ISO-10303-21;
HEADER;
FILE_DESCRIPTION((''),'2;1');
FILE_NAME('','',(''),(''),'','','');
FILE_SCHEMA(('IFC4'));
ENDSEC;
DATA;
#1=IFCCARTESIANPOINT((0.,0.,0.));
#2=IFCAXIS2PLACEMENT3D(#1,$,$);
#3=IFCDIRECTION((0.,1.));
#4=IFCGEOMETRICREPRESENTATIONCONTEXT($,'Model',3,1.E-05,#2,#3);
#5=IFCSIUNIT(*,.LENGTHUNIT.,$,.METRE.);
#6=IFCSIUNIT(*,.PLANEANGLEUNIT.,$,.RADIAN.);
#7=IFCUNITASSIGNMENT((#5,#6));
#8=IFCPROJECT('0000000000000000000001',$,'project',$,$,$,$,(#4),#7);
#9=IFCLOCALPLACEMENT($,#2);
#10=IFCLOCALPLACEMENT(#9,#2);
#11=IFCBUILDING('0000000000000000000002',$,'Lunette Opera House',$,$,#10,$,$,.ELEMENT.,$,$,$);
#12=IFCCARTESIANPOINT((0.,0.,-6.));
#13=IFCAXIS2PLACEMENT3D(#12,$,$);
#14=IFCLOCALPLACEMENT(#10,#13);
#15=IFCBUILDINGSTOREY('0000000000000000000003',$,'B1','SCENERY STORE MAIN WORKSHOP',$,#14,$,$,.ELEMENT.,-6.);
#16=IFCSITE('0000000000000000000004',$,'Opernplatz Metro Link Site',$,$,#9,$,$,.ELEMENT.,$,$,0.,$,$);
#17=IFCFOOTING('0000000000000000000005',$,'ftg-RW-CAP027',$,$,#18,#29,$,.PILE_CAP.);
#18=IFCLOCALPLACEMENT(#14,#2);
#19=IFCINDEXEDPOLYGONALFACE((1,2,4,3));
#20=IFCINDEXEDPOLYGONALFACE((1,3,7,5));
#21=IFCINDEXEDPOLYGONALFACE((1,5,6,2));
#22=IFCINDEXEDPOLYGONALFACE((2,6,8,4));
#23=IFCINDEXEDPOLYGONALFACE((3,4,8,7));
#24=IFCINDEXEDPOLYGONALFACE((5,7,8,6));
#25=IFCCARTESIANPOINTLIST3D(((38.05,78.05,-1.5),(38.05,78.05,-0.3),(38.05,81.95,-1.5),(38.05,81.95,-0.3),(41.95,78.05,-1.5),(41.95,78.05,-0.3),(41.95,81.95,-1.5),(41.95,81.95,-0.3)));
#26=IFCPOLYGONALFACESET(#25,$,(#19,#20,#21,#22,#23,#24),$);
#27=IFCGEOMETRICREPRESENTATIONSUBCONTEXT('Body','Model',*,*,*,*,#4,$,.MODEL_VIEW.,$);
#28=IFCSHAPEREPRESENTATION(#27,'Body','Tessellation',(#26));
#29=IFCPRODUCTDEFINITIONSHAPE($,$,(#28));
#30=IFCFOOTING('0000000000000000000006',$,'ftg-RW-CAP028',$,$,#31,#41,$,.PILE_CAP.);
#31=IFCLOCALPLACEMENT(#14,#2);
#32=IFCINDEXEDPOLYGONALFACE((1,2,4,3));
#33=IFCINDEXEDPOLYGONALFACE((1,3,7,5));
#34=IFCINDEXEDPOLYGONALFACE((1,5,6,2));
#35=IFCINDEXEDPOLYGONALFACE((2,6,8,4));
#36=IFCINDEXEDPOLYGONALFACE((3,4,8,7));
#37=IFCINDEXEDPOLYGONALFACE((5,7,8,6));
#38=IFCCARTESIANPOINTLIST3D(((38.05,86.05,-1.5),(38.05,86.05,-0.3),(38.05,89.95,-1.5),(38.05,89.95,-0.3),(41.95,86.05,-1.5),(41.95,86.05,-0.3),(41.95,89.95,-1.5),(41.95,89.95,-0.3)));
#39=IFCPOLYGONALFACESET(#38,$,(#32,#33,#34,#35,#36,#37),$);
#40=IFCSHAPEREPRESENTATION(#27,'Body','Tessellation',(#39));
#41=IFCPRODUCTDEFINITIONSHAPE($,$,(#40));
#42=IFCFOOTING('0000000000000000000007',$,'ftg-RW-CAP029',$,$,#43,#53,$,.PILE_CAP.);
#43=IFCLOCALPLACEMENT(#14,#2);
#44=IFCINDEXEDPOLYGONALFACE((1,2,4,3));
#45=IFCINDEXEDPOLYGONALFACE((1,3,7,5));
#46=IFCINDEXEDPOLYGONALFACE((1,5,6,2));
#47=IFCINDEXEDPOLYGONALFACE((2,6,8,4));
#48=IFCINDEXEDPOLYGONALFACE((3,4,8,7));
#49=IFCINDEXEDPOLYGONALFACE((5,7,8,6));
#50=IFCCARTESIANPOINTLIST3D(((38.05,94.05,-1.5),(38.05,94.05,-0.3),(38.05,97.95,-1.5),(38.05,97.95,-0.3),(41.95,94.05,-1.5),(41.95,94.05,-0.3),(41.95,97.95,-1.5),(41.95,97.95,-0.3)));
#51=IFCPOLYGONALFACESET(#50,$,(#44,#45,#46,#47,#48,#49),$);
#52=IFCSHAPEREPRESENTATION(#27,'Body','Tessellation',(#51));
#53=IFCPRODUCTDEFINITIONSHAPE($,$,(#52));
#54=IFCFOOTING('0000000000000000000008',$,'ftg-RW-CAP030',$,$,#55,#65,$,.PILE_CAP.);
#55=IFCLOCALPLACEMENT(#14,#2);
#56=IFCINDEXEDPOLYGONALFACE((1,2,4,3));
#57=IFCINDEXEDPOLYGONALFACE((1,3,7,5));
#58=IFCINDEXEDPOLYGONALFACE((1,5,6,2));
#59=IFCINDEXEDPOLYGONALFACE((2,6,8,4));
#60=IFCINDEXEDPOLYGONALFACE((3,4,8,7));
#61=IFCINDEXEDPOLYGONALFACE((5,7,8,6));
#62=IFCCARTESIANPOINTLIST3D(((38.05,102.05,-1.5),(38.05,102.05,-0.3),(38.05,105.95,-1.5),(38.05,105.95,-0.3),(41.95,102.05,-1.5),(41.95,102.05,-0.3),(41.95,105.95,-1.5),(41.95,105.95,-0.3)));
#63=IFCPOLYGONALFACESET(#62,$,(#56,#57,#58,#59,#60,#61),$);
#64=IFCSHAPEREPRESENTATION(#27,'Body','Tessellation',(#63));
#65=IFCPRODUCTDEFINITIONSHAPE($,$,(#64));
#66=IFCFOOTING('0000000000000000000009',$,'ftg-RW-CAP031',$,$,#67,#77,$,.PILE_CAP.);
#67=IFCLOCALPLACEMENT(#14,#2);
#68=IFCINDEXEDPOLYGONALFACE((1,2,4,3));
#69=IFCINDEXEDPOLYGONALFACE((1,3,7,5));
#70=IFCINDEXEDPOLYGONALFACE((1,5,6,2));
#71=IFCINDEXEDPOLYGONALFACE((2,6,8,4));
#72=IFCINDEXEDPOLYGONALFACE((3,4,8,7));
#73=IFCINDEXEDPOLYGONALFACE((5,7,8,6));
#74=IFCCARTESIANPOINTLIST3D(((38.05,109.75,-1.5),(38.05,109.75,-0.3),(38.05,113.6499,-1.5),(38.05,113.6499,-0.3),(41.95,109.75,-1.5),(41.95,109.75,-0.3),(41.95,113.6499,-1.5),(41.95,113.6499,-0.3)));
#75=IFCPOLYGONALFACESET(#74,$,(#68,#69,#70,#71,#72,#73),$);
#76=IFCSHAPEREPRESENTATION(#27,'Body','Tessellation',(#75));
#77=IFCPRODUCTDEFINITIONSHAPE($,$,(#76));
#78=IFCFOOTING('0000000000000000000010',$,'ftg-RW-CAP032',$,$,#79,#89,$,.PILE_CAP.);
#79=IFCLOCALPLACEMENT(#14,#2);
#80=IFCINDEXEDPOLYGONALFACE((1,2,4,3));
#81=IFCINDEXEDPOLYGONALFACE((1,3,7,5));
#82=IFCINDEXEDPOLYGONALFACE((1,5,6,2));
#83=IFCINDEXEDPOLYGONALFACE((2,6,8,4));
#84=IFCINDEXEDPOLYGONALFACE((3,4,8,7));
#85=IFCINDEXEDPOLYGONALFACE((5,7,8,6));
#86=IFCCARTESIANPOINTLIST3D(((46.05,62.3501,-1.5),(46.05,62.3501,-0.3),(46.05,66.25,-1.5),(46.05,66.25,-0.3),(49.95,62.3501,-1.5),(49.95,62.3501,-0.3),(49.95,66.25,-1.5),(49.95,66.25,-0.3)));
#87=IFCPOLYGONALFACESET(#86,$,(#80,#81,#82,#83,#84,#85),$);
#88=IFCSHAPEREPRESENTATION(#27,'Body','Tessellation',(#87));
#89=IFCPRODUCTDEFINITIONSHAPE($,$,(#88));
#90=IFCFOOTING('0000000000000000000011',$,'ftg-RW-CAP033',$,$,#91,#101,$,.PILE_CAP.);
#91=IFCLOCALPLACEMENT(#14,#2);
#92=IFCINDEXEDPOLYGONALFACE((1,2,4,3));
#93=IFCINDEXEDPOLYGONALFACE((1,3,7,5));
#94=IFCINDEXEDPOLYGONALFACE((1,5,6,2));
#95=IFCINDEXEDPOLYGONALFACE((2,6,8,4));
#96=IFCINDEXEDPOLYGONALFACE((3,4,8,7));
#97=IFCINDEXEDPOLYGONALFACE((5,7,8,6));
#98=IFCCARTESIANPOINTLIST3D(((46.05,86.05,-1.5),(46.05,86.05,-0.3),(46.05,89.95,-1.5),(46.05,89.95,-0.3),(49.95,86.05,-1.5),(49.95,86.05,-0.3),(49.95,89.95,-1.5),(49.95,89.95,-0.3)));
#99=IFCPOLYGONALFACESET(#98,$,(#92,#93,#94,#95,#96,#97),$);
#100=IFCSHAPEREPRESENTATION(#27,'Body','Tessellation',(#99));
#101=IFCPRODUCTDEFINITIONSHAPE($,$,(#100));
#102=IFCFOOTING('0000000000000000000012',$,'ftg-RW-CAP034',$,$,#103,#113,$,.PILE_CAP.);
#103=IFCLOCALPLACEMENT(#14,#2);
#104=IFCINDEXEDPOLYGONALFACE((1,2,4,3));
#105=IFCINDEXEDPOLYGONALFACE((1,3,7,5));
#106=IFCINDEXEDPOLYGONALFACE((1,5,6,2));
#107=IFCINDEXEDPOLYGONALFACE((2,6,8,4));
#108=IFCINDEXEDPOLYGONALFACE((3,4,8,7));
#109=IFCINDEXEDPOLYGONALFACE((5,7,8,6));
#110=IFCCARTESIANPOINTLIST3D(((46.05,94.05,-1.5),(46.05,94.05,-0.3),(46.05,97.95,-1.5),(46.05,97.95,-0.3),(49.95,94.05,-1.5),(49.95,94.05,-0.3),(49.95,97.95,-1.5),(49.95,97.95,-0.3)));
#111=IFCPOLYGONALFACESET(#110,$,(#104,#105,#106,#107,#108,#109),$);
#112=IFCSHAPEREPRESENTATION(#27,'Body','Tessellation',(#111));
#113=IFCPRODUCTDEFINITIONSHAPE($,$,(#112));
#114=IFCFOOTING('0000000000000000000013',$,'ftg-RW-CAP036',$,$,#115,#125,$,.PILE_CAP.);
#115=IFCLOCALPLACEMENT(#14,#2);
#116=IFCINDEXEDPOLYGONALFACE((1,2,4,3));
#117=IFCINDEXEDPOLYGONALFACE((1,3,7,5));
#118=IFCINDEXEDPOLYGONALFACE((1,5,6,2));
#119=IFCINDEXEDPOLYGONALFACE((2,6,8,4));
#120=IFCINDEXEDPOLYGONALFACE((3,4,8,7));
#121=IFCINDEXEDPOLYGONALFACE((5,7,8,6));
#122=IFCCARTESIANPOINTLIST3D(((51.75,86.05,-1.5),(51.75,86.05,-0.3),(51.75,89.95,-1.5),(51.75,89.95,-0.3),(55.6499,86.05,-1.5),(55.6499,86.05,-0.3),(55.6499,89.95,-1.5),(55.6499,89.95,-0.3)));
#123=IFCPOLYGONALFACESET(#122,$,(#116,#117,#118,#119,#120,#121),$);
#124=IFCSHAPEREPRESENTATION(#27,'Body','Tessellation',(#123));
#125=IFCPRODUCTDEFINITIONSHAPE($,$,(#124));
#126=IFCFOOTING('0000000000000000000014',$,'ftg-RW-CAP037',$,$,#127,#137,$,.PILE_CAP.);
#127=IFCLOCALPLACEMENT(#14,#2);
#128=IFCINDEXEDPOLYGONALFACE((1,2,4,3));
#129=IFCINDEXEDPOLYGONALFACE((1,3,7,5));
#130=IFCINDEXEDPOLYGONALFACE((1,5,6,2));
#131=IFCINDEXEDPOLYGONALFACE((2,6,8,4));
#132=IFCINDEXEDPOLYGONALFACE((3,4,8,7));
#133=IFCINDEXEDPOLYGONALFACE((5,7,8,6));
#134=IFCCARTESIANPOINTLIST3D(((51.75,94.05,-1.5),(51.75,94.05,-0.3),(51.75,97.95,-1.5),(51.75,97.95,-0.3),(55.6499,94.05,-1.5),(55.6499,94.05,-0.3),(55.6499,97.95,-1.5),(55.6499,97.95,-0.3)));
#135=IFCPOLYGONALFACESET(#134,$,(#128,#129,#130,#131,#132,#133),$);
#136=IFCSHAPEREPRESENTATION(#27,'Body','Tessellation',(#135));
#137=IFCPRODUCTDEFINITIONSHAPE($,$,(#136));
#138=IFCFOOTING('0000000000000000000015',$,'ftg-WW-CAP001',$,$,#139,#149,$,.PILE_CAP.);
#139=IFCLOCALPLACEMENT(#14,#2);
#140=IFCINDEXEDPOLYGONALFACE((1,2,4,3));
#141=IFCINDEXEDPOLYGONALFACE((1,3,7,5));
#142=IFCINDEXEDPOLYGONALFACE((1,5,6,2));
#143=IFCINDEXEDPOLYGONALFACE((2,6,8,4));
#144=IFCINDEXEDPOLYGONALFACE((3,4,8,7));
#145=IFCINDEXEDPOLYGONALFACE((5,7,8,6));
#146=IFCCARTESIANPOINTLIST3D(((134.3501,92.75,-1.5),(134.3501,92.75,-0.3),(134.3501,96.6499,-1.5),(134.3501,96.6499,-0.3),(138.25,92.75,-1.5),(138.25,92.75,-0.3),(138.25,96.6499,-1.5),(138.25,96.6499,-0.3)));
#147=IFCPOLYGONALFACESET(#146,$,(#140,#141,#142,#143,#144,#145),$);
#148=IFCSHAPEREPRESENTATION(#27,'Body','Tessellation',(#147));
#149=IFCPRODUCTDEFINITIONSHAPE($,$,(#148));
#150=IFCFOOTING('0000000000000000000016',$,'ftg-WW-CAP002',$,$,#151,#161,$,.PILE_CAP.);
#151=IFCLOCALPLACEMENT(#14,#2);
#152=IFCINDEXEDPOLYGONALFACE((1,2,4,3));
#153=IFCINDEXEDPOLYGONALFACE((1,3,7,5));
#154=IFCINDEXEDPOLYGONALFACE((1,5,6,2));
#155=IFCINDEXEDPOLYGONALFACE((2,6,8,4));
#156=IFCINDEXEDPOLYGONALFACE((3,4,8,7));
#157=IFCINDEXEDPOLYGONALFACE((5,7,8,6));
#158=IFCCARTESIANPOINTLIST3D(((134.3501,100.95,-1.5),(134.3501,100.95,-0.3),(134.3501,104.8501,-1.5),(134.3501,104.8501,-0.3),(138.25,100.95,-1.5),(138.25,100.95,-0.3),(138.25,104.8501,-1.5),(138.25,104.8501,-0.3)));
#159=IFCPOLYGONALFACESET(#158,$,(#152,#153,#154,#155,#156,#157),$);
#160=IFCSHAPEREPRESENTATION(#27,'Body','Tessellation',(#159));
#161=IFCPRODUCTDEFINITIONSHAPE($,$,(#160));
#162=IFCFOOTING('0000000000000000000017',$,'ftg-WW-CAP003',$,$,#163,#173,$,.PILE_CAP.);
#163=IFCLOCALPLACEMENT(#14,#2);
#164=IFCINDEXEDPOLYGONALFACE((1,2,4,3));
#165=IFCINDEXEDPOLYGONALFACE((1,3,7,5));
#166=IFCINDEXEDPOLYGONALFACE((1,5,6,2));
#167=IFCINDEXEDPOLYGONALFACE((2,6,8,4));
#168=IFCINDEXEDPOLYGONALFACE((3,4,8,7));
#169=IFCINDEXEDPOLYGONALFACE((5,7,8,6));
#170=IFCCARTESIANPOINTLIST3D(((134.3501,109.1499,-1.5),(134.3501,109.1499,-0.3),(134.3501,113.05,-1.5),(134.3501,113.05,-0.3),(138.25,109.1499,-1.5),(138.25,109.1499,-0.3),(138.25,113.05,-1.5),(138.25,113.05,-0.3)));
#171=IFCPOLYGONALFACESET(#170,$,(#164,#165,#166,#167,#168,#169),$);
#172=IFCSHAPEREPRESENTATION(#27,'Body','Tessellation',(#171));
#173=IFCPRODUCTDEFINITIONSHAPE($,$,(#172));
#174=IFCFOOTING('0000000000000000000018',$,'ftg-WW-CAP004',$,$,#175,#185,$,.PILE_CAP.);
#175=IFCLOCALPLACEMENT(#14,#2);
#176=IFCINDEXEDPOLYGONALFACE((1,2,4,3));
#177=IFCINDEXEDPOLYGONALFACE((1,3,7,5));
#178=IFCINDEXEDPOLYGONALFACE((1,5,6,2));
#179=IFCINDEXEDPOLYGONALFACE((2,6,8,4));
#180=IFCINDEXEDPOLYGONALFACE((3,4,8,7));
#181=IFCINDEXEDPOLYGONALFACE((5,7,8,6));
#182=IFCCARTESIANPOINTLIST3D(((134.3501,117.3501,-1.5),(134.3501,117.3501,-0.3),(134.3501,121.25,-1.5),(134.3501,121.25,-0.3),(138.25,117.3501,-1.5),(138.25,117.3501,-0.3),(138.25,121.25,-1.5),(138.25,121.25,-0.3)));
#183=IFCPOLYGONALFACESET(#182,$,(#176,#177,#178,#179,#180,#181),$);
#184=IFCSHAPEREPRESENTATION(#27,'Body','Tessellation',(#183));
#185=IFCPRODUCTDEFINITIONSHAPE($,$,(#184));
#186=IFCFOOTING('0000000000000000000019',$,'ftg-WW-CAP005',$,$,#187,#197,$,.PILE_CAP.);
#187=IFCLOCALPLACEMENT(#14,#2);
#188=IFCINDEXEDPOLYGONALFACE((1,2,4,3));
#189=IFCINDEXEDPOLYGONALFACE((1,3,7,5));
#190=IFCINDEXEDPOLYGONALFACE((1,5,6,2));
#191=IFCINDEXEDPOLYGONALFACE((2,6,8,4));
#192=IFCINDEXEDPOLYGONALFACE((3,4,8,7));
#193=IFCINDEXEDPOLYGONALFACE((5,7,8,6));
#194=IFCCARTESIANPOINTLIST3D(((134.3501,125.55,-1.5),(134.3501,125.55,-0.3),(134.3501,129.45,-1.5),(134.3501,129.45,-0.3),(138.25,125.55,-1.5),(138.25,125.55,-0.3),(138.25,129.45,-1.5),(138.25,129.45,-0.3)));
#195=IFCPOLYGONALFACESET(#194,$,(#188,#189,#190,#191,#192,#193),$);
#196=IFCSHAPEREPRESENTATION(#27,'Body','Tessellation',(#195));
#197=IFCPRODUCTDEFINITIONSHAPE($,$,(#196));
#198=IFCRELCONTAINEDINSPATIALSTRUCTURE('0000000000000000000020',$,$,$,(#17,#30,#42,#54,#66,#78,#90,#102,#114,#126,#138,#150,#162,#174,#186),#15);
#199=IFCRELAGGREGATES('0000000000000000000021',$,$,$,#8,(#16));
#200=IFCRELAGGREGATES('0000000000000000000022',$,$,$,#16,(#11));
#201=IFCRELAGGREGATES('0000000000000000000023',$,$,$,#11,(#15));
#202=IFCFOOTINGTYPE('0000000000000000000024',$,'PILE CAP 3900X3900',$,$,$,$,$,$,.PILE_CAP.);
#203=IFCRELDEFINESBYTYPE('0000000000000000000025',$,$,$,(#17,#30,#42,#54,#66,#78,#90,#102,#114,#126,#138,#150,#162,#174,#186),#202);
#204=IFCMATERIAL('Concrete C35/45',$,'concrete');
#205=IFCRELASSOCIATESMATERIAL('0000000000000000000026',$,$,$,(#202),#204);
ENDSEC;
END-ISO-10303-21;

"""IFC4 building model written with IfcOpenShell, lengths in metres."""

from ifc_helpers import new_model, si_unit, direction, frame, origin, place, context, subcontext, project, spatial, polyline, outline, extrude, material, type_object, element, save


model = new_model("IFC4")

# Units and contexts
model_context = context("Model", 3, precision=1e-05, world=origin(), true_north=direction((0.0, 1.0)))
body_context = subcontext(model_context, "Body", "Model", "MODEL_VIEW")
ifc_project = project(units=[si_unit("LENGTHUNIT", "METRE"), si_unit("PLANEANGLEUNIT", "RADIAN")], contexts=[model_context])

# Site, building, storey
site_placement = place(None, origin())
site = spatial("IfcSite", under=ifc_project, at=site_placement, Name="Opernplatz Metro Link Site", CompositionType="ELEMENT", RefElevation=0.0)
building_placement = place(site_placement, origin())
building = spatial("IfcBuilding", under=site, at=building_placement, Name="Lunette Opera House", CompositionType="ELEMENT")
storey_placement = place(building_placement, frame((0.0, 0.0, -6.0)))
storey = spatial("IfcBuildingStorey", under=building, at=storey_placement, Name="B1", Description="SCENERY STORE MAIN WORKSHOP", CompositionType="ELEMENT", Elevation=-6.0)

# Footings
ifc_material = material(Name="Concrete C35/45", Category="concrete")
footing_type = type_object("IfcFootingType", Name="PILE CAP 3900X3900", PredefinedType="PILE_CAP", material=ifc_material)
footing_1_placement = place(storey_placement, frame((0.0, 0.0, -1.5)))
element("IfcFooting", 1, at=footing_1_placement, inside=storey, type_object=footing_type, Name="ftg-RW-CAP027", PredefinedType="PILE_CAP", context=body_context, shape_type="SweptSolid", body=[
    extrude(outline(polyline([(41.95, 78.05), (41.95, 81.95), (38.05, 81.95), (38.05, 78.05), (41.95, 78.05)])), origin(), (0.0, 0.0, 1.0), 1.2),
])
footing_2_placement = place(storey_placement, frame((0.0, 0.0, -1.5)))
element("IfcFooting", 2, at=footing_2_placement, inside=storey, type_object=footing_type, Name="ftg-RW-CAP028", PredefinedType="PILE_CAP", context=body_context, shape_type="SweptSolid", body=[
    extrude(outline(polyline([(41.95, 86.05), (41.95, 89.95), (38.05, 89.95), (38.05, 86.05), (41.95, 86.05)])), origin(), (0.0, 0.0, 1.0), 1.2),
])
footing_3_placement = place(storey_placement, frame((0.0, 0.0, -1.5)))
element("IfcFooting", 3, at=footing_3_placement, inside=storey, type_object=footing_type, Name="ftg-RW-CAP029", PredefinedType="PILE_CAP", context=body_context, shape_type="SweptSolid", body=[
    extrude(outline(polyline([(41.95, 94.05), (41.95, 97.95), (38.05, 97.95), (38.05, 94.05), (41.95, 94.05)])), origin(), (0.0, 0.0, 1.0), 1.2),
])
footing_4_placement = place(storey_placement, frame((0.0, 0.0, -1.5)))
element("IfcFooting", 4, at=footing_4_placement, inside=storey, type_object=footing_type, Name="ftg-RW-CAP030", PredefinedType="PILE_CAP", context=body_context, shape_type="SweptSolid", body=[
    extrude(outline(polyline([(41.95, 102.05), (41.95, 105.95), (38.05, 105.95), (38.05, 102.05), (41.95, 102.05)])), origin(), (0.0, 0.0, 1.0), 1.2),
])
footing_5_placement = place(storey_placement, frame((0.0, 0.0, -1.5)))
element("IfcFooting", 5, at=footing_5_placement, inside=storey, type_object=footing_type, Name="ftg-RW-CAP031", PredefinedType="PILE_CAP", context=body_context, shape_type="SweptSolid", body=[
    extrude(outline(polyline([(41.95, 109.75), (41.95, 113.6499), (38.05, 113.6499), (38.05, 109.75), (41.95, 109.75)])), origin(), (0.0, 0.0, 1.0), 1.2),
])
footing_6_placement = place(storey_placement, frame((0.0, 0.0, -1.5)))
element("IfcFooting", 6, at=footing_6_placement, inside=storey, type_object=footing_type, Name="ftg-RW-CAP032", PredefinedType="PILE_CAP", context=body_context, shape_type="SweptSolid", body=[
    extrude(outline(polyline([(49.95, 62.3501), (49.95, 66.25), (46.05, 66.25), (46.05, 62.3501), (49.95, 62.3501)])), origin(), (0.0, 0.0, 1.0), 1.2),
])
footing_7_placement = place(storey_placement, frame((0.0, 0.0, -1.5)))
element("IfcFooting", 7, at=footing_7_placement, inside=storey, type_object=footing_type, Name="ftg-RW-CAP033", PredefinedType="PILE_CAP", context=body_context, shape_type="SweptSolid", body=[
    extrude(outline(polyline([(49.95, 86.05), (49.95, 89.95), (46.05, 89.95), (46.05, 86.05), (49.95, 86.05)])), origin(), (0.0, 0.0, 1.0), 1.2),
])
footing_8_placement = place(storey_placement, frame((0.0, 0.0, -1.5)))
element("IfcFooting", 8, at=footing_8_placement, inside=storey, type_object=footing_type, Name="ftg-RW-CAP034", PredefinedType="PILE_CAP", context=body_context, shape_type="SweptSolid", body=[
    extrude(outline(polyline([(49.95, 94.05), (49.95, 97.95), (46.05, 97.95), (46.05, 94.05), (49.95, 94.05)])), origin(), (0.0, 0.0, 1.0), 1.2),
])
footing_9_placement = place(storey_placement, frame((0.0, 0.0, -1.5)))
element("IfcFooting", 9, at=footing_9_placement, inside=storey, type_object=footing_type, Name="ftg-RW-CAP036", PredefinedType="PILE_CAP", context=body_context, shape_type="SweptSolid", body=[
    extrude(outline(polyline([(55.6499, 86.05), (55.6499, 89.95), (51.75, 89.95), (51.75, 86.05), (55.6499, 86.05)])), origin(), (0.0, 0.0, 1.0), 1.2),
])
footing_10_placement = place(storey_placement, frame((0.0, 0.0, -1.5)))
element("IfcFooting", 10, at=footing_10_placement, inside=storey, type_object=footing_type, Name="ftg-RW-CAP037", PredefinedType="PILE_CAP", context=body_context, shape_type="SweptSolid", body=[
    extrude(outline(polyline([(55.6499, 94.05), (55.6499, 97.95), (51.75, 97.95), (51.75, 94.05), (55.6499, 94.05)])), origin(), (0.0, 0.0, 1.0), 1.2),
])
footing_11_placement = place(storey_placement, frame((0.0, 0.0, -1.5)))
element("IfcFooting", 11, at=footing_11_placement, inside=storey, type_object=footing_type, Name="ftg-WW-CAP001", PredefinedType="PILE_CAP", context=body_context, shape_type="SweptSolid", body=[
    extrude(outline(polyline([(138.25, 92.75), (138.25, 96.6499), (134.3501, 96.6499), (134.3501, 92.75), (138.25, 92.75)])), origin(), (0.0, 0.0, 1.0), 1.2),
])
footing_12_placement = place(storey_placement, frame((0.0, 0.0, -1.5)))
element("IfcFooting", 12, at=footing_12_placement, inside=storey, type_object=footing_type, Name="ftg-WW-CAP002", PredefinedType="PILE_CAP", context=body_context, shape_type="SweptSolid", body=[
    extrude(outline(polyline([(138.25, 100.95), (138.25, 104.8501), (134.3501, 104.8501), (134.3501, 100.95), (138.25, 100.95)])), origin(), (0.0, 0.0, 1.0), 1.2),
])
footing_13_placement = place(storey_placement, frame((0.0, 0.0, -1.5)))
element("IfcFooting", 13, at=footing_13_placement, inside=storey, type_object=footing_type, Name="ftg-WW-CAP003", PredefinedType="PILE_CAP", context=body_context, shape_type="SweptSolid", body=[
    extrude(outline(polyline([(138.25, 109.1499), (138.25, 113.05), (134.3501, 113.05), (134.3501, 109.1499), (138.25, 109.1499)])), origin(), (0.0, 0.0, 1.0), 1.2),
])
footing_14_placement = place(storey_placement, frame((0.0, 0.0, -1.5)))
element("IfcFooting", 14, at=footing_14_placement, inside=storey, type_object=footing_type, Name="ftg-WW-CAP004", PredefinedType="PILE_CAP", context=body_context, shape_type="SweptSolid", body=[
    extrude(outline(polyline([(138.25, 117.3501), (138.25, 121.25), (134.3501, 121.25), (134.3501, 117.3501), (138.25, 117.3501)])), origin(), (0.0, 0.0, 1.0), 1.2),
])
footing_15_placement = place(storey_placement, frame((0.0, 0.0, -1.5)))
element("IfcFooting", 15, at=footing_15_placement, inside=storey, type_object=footing_type, Name="ftg-WW-CAP005", PredefinedType="PILE_CAP", context=body_context, shape_type="SweptSolid", body=[
    extrude(outline(polyline([(138.25, 125.55), (138.25, 129.45), (134.3501, 129.45), (134.3501, 125.55), (138.25, 125.55)])), origin(), (0.0, 0.0, 1.0), 1.2),
])

save(model, "model.ifc")
